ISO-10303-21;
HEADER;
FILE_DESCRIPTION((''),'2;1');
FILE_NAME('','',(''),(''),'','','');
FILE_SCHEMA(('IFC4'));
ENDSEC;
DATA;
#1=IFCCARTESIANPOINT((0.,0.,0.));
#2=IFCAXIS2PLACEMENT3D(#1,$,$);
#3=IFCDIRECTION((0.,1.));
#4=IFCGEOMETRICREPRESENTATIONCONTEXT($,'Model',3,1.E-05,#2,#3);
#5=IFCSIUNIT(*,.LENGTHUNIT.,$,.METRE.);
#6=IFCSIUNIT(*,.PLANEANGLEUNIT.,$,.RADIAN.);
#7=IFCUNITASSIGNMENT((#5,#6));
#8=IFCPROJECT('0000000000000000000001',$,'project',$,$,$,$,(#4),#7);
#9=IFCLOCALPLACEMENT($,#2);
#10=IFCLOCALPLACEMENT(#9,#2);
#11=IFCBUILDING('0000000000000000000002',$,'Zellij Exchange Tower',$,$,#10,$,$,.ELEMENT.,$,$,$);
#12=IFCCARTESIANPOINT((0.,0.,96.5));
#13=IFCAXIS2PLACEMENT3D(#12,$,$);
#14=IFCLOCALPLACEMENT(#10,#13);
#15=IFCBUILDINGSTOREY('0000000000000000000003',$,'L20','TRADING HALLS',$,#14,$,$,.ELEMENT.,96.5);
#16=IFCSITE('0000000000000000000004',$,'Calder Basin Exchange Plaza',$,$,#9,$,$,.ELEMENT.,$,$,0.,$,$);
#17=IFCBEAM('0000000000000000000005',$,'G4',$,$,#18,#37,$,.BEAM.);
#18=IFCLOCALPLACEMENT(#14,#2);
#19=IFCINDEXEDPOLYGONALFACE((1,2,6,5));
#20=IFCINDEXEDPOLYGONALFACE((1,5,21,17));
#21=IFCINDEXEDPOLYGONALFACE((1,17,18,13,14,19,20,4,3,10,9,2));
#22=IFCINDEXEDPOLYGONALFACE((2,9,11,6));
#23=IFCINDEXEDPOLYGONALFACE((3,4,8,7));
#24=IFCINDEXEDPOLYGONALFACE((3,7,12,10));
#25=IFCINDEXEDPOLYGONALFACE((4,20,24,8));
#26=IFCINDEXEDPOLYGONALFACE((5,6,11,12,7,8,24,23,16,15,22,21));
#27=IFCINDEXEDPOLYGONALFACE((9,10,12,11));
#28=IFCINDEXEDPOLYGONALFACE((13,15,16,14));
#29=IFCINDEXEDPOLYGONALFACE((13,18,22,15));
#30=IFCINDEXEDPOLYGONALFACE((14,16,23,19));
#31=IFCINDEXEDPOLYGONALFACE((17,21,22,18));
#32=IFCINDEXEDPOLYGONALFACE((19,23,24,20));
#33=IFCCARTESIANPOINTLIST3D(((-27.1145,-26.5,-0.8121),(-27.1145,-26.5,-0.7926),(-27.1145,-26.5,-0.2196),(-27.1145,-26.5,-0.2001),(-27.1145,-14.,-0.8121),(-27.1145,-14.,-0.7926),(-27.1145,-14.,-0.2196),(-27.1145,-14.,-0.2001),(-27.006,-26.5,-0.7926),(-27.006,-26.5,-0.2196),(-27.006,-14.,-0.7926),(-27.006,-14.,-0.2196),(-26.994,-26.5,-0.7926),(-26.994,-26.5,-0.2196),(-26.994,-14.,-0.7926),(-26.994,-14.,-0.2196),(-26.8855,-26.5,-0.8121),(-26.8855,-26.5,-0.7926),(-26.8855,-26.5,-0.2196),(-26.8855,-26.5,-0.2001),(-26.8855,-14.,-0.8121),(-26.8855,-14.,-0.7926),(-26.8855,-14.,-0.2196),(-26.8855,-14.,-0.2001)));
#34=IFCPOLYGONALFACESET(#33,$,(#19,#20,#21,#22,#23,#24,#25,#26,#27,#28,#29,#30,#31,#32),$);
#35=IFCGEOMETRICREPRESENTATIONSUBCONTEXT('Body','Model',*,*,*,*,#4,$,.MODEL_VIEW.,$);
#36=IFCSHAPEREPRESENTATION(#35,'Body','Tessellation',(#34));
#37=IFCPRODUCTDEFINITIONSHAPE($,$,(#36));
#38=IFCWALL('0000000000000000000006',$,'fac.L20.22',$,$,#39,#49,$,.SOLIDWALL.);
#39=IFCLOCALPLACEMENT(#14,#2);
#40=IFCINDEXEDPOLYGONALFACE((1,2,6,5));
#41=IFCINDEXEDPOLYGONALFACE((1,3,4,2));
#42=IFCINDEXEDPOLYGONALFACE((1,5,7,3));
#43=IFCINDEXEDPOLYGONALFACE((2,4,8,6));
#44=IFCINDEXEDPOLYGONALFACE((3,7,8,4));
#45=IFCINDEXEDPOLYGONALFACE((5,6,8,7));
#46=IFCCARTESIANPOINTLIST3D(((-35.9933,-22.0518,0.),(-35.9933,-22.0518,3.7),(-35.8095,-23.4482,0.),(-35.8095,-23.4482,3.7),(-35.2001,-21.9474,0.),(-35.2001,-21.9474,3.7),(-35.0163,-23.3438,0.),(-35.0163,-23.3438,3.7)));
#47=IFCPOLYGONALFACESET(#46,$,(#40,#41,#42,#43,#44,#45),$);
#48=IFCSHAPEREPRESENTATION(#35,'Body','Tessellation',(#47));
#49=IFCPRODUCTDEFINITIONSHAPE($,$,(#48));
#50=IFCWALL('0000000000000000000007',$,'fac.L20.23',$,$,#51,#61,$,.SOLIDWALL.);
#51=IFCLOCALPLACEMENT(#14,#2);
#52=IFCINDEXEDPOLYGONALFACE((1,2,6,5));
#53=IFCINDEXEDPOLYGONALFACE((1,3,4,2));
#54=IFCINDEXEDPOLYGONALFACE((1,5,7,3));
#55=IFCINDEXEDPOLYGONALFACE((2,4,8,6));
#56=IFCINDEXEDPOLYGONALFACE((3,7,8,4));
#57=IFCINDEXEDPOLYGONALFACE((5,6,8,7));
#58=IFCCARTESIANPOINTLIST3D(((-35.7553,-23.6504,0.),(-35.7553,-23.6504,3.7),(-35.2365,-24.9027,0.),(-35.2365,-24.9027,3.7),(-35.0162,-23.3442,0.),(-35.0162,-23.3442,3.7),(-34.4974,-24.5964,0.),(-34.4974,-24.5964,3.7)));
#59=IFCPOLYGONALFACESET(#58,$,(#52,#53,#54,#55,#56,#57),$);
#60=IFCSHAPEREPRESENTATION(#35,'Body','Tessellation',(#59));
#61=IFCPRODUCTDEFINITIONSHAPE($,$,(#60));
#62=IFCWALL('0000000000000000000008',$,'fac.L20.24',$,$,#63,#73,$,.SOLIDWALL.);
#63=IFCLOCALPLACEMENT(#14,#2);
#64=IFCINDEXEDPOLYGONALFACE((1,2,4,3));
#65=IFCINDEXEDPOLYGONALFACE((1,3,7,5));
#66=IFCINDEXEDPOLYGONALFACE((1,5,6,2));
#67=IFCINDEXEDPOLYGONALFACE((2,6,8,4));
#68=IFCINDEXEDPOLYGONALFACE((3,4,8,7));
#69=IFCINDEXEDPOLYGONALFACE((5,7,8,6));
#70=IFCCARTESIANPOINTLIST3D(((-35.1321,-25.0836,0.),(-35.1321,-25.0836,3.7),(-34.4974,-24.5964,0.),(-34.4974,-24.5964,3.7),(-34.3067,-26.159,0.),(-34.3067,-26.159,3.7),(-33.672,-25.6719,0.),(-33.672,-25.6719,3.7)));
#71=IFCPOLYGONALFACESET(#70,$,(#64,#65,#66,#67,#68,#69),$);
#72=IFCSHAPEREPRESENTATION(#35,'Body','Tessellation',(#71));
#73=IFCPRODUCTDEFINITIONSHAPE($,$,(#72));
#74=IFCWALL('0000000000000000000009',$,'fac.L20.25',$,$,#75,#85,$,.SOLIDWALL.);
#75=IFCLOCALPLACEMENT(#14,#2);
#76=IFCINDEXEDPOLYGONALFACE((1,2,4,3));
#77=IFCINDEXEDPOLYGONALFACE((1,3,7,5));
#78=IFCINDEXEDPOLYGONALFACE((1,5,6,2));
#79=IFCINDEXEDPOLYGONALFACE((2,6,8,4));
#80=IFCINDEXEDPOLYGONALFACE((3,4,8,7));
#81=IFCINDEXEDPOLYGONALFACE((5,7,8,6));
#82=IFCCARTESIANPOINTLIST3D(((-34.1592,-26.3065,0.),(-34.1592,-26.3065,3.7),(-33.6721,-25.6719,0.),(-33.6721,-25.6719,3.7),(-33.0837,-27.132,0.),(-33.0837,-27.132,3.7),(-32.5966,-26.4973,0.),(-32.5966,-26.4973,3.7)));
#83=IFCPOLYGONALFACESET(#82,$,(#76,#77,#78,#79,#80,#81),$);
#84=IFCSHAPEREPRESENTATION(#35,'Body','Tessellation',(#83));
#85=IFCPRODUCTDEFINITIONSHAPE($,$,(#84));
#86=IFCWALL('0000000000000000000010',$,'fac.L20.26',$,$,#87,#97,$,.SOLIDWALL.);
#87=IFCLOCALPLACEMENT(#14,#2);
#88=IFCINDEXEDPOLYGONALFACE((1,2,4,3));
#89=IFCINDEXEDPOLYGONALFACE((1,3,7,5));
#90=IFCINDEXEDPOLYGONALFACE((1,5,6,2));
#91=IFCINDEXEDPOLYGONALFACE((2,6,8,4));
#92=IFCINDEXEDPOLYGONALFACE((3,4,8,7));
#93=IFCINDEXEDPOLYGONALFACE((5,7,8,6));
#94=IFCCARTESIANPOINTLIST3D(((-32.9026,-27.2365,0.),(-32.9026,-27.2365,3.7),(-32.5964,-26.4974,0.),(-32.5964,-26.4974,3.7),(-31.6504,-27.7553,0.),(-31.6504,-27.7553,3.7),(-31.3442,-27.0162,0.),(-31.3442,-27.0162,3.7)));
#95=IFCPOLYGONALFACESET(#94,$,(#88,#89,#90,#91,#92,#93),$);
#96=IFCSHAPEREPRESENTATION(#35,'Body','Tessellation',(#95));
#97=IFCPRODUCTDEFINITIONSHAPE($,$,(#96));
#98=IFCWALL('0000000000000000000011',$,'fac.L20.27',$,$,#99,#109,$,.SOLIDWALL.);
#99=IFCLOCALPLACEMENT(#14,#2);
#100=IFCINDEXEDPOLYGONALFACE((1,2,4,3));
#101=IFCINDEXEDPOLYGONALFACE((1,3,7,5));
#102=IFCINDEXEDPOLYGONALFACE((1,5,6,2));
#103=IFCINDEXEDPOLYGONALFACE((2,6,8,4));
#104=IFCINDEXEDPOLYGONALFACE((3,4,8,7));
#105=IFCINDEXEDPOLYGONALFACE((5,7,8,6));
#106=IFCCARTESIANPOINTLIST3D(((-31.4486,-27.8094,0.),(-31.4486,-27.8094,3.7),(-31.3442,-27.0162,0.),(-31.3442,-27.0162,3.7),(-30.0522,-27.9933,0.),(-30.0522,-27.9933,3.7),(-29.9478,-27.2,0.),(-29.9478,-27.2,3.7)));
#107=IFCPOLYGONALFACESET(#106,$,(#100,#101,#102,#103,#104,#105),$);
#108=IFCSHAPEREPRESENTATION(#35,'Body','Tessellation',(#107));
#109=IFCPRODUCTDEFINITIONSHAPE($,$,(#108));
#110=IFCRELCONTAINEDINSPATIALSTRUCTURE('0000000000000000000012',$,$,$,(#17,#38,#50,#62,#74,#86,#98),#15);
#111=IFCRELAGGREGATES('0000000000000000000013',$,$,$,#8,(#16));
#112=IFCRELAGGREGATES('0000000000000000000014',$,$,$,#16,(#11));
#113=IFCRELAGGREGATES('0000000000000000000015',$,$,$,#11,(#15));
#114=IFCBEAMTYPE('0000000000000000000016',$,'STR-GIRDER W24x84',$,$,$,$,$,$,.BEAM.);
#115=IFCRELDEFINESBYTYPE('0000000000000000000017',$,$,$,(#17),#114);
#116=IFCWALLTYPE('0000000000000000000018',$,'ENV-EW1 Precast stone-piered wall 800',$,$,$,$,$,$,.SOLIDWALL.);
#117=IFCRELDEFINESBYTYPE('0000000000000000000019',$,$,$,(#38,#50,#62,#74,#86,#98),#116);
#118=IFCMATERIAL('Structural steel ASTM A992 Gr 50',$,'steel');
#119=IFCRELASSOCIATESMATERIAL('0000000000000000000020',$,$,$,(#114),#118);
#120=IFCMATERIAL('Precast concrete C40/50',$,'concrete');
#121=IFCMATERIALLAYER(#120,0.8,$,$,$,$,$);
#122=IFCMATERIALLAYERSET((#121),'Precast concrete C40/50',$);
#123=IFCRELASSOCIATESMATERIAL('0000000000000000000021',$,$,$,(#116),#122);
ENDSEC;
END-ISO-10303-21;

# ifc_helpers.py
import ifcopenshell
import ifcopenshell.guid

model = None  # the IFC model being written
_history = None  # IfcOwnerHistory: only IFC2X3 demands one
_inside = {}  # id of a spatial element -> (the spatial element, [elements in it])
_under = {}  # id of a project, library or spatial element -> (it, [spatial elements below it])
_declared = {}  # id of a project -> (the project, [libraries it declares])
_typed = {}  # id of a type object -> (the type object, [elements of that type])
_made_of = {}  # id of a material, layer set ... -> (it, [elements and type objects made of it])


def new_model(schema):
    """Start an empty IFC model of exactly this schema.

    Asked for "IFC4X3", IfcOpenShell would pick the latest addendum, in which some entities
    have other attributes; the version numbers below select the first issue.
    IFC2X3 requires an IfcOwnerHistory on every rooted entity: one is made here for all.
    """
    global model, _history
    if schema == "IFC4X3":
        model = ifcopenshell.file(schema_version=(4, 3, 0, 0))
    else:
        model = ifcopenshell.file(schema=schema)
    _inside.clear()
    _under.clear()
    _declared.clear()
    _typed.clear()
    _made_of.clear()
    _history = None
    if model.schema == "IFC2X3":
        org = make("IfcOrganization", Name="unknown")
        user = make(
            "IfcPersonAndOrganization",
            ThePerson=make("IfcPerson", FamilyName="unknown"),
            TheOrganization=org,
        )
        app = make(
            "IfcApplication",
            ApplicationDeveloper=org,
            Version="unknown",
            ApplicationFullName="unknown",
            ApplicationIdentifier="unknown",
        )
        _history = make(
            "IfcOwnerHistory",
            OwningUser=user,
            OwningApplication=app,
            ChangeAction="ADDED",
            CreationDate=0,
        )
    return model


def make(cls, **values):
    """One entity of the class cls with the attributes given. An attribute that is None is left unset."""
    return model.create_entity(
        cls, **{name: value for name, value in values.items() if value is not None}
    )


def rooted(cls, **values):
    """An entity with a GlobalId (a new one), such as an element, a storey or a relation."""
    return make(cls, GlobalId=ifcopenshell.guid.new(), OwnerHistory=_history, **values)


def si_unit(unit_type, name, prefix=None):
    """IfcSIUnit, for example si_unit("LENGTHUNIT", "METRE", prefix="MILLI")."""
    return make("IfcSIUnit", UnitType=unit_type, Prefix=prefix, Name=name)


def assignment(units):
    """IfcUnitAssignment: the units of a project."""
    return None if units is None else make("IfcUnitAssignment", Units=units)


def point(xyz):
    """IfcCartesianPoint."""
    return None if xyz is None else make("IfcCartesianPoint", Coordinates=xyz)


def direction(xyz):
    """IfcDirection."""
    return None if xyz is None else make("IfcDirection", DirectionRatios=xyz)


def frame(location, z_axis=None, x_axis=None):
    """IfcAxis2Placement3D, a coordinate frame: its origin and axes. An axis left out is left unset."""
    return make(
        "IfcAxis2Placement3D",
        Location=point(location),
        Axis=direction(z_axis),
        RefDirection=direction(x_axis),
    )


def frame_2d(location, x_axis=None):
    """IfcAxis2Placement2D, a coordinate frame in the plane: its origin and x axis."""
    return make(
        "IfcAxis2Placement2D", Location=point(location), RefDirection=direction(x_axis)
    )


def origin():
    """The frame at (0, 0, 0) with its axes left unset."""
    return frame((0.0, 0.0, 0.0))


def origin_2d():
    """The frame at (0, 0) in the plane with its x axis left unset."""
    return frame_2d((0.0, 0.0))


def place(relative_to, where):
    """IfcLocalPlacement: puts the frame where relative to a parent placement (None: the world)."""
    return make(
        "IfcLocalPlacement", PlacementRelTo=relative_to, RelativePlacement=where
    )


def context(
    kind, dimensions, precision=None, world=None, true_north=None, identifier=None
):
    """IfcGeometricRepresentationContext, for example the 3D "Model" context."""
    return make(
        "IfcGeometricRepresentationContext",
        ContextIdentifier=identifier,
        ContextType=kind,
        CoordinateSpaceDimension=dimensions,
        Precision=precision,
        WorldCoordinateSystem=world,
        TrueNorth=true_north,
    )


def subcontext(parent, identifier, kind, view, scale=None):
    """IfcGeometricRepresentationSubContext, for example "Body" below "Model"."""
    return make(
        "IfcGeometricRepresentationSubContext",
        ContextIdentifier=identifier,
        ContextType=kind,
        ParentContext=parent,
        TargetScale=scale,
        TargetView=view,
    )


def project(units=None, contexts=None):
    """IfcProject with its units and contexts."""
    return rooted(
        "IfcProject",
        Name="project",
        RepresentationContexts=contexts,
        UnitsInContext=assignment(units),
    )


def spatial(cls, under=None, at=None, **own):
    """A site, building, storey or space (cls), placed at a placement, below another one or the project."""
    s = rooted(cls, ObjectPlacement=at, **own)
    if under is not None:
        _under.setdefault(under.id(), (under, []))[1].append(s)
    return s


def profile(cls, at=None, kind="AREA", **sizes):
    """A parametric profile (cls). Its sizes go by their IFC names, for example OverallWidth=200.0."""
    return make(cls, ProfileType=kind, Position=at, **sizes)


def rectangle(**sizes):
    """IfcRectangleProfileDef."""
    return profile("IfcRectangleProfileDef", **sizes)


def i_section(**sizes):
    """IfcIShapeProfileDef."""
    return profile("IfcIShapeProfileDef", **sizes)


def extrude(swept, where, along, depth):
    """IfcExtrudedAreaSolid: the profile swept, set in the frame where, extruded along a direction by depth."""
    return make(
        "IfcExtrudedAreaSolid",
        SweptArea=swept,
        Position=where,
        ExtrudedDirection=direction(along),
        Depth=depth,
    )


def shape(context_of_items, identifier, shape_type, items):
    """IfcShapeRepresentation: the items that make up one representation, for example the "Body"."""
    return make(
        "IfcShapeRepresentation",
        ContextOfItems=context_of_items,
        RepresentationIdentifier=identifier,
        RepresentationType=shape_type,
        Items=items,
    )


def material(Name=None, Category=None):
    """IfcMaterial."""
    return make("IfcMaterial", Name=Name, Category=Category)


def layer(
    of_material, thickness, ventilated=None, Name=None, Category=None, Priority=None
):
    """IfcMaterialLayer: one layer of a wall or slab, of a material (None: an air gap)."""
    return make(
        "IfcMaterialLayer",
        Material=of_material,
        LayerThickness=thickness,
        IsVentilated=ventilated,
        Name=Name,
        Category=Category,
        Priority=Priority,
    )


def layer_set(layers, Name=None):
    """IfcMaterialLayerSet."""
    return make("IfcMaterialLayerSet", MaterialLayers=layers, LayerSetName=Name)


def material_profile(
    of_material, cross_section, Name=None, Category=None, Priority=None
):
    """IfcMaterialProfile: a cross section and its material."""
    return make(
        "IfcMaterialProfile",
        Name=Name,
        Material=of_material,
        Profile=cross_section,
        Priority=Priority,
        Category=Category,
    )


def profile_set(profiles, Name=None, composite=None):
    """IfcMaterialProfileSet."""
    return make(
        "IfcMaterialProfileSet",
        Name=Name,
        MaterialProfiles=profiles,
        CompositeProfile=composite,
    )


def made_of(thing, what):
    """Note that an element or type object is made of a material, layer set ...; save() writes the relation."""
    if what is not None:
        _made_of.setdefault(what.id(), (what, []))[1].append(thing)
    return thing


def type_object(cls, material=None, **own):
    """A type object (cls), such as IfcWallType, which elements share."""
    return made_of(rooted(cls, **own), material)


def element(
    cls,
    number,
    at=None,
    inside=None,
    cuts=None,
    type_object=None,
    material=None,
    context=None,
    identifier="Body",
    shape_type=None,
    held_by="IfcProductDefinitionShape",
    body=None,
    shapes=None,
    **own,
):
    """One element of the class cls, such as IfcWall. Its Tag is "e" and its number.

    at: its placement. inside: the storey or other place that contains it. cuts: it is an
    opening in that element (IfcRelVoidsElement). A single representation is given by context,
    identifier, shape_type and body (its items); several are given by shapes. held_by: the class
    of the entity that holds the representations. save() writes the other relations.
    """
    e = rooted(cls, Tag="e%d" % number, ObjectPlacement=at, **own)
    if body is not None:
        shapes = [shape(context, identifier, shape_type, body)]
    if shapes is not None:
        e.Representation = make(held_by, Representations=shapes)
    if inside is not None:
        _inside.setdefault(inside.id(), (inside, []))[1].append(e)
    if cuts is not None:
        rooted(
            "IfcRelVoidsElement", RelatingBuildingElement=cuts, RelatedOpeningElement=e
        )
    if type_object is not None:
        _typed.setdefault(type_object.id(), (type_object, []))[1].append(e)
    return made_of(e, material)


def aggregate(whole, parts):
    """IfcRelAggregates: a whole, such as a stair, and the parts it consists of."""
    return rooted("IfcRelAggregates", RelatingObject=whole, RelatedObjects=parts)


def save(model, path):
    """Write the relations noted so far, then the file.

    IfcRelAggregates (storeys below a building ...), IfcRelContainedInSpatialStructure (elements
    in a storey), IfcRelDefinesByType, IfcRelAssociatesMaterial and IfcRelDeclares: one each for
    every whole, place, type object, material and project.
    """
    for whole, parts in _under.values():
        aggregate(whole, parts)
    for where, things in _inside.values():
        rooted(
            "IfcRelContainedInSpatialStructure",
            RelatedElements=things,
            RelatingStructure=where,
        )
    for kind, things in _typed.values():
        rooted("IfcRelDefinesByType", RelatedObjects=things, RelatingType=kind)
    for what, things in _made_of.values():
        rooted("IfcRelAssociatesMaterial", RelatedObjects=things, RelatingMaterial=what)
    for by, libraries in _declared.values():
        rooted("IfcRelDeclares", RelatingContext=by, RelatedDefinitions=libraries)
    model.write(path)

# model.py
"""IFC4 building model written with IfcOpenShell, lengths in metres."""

from ifc_helpers import new_model, si_unit, direction, frame, frame_2d, origin, origin_2d, place, context, subcontext, project, spatial, rectangle, i_section, extrude, material, layer, layer_set, material_profile, profile_set, type_object, element, save


model = new_model("IFC4")

# Units and contexts
model_context = context("Model", 3, precision=1e-05, world=origin(), true_north=direction((0.0, 1.0)))
body_context = subcontext(model_context, "Body", "Model", "MODEL_VIEW")
ifc_project = project(units=[si_unit("LENGTHUNIT", "METRE"), si_unit("PLANEANGLEUNIT", "RADIAN")], contexts=[model_context])

# Site, building, storey
site_placement = place(None, origin())
site = spatial("IfcSite", under=ifc_project, at=site_placement, Name="Calder Basin Exchange Plaza", CompositionType="ELEMENT", RefElevation=0.0)
building_placement = place(site_placement, origin())
building = spatial("IfcBuilding", under=site, at=building_placement, Name="Zellij Exchange Tower", CompositionType="ELEMENT")
storey_placement = place(building_placement, frame((0.0, 0.0, 96.5)))
storey = spatial("IfcBuildingStorey", under=building, at=storey_placement, Name="L20", Description="TRADING HALLS", CompositionType="ELEMENT", Elevation=96.5)

# Beam
ifc_material_1 = material(Name="Structural steel ASTM A992 Gr 50", Category="steel")
ifc_material_profile_1 = material_profile(ifc_material_1, i_section(OverallWidth=0.229, OverallDepth=0.6121, WebThickness=0.012, FlangeThickness=0.0195, at=origin_2d()), Name="W24x84")
ifc_profile_set_1 = profile_set([ifc_material_profile_1], Name="Structural steel ASTM A992 Gr 50")
beam_type_1 = type_object("IfcBeamType", Name="STR-GIRDER W24x84", PredefinedType="BEAM", material=ifc_profile_set_1)
beam_1_placement = place(storey_placement, frame((-27.0, -26.5, -0.5061), z_axis=(0.0, 1.0, 0.0), x_axis=(-1.0, 0.0, 0.0)))
element("IfcBeam", 1, at=beam_1_placement, inside=storey, type_object=beam_type_1, Name="G4", PredefinedType="BEAM", context=body_context, shape_type="SweptSolid", body=[
    extrude(i_section(OverallWidth=0.229, OverallDepth=0.6121, WebThickness=0.012, FlangeThickness=0.0195, at=origin_2d()), origin(), (0.0, 0.0, 1.0), 12.5),
])

# Walls
ifc_material_2 = material(Name="Precast concrete C40/50", Category="concrete")
ifc_layer = layer(ifc_material_2, 0.8)
ifc_layer_set = layer_set([ifc_layer], Name="Precast concrete C40/50")
wall_type = type_object("IfcWallType", Name="ENV-EW1 Precast stone-piered wall 800", PredefinedType="SOLIDWALL", material=ifc_layer_set)
wall_1_placement = place(storey_placement, frame((-35.5967, -21.9998, 0.0), z_axis=(0.0, 0.0, 1.0), x_axis=(0.130517, -0.991446, 0.0)))
element("IfcWall", 2, at=wall_1_placement, inside=storey, type_object=wall_type, Name="fac.L20.22", PredefinedType="SOLIDWALL", context=body_context, shape_type="SweptSolid", body=[
    extrude(rectangle(XDim=1.4084, YDim=0.8, at=frame_2d((0.7041, 0.0))), origin(), (0.0, 0.0, 1.0), 3.7),
])
wall_2_placement = place(storey_placement, frame((-35.3857, -23.4973, 0.0), z_axis=(0.0, 0.0, 1.0), x_axis=(0.38276, -0.923848, 0.0)))
element("IfcWall", 3, at=wall_2_placement, inside=storey, type_object=wall_type, Name="fac.L20.23", PredefinedType="SOLIDWALL", context=body_context, shape_type="SweptSolid", body=[
    extrude(rectangle(XDim=1.3555, YDim=0.8, at=frame_2d((0.6777, 0.0))), origin(), (0.0, 0.0, 1.0), 3.7),
])
for number, where, z_axis, x_axis, name in (
    (4, (-34.8147, -24.8401, 0.0), (0.0, 0.0, 1.0), (0.608866, -0.793273, 0.0), "fac.L20.24"),
    (5, (-33.9155, -25.9893, 0.0), (0.0, 0.0, 1.0), (0.793273, -0.608866, 0.0), "fac.L20.25"),
):
    element("IfcWall", number, at=place(storey_placement, frame(where, z_axis=z_axis, x_axis=x_axis)), inside=storey, type_object=wall_type, Name=name, PredefinedType="SOLIDWALL", context=body_context, shape_type="SweptSolid", body=[
        extrude(rectangle(XDim=1.3557, YDim=0.8, at=frame_2d((0.6777, 0.0))), origin(), (0.0, 0.0, 1.0), 3.7),
    ])
wall_3_placement = place(storey_placement, frame((-32.7495, -26.8669, 0.0), z_axis=(0.0, 0.0, 1.0), x_axis=(0.923848, -0.38276, 0.0)))
element("IfcWall", 6, at=wall_3_placement, inside=storey, type_object=wall_type, Name="fac.L20.26", PredefinedType="SOLIDWALL", context=body_context, shape_type="SweptSolid", body=[
    extrude(rectangle(XDim=1.3555, YDim=0.8, at=frame_2d((0.6777, 0.0))), origin(), (0.0, 0.0, 1.0), 3.7),
])
wall_4_placement = place(storey_placement, frame((-31.3962, -27.4128, 0.0), z_axis=(0.0, 0.0, 1.0), x_axis=(0.991446, -0.130517, 0.0)))
element("IfcWall", 7, at=wall_4_placement, inside=storey, type_object=wall_type, Name="fac.L20.27", PredefinedType="SOLIDWALL", context=body_context, shape_type="SweptSolid", body=[
    extrude(rectangle(XDim=1.4084, YDim=0.8, at=frame_2d((0.7041, 0.0))), origin(), (0.0, 0.0, 1.0), 3.7),
])

save(model, "model.ifc")
